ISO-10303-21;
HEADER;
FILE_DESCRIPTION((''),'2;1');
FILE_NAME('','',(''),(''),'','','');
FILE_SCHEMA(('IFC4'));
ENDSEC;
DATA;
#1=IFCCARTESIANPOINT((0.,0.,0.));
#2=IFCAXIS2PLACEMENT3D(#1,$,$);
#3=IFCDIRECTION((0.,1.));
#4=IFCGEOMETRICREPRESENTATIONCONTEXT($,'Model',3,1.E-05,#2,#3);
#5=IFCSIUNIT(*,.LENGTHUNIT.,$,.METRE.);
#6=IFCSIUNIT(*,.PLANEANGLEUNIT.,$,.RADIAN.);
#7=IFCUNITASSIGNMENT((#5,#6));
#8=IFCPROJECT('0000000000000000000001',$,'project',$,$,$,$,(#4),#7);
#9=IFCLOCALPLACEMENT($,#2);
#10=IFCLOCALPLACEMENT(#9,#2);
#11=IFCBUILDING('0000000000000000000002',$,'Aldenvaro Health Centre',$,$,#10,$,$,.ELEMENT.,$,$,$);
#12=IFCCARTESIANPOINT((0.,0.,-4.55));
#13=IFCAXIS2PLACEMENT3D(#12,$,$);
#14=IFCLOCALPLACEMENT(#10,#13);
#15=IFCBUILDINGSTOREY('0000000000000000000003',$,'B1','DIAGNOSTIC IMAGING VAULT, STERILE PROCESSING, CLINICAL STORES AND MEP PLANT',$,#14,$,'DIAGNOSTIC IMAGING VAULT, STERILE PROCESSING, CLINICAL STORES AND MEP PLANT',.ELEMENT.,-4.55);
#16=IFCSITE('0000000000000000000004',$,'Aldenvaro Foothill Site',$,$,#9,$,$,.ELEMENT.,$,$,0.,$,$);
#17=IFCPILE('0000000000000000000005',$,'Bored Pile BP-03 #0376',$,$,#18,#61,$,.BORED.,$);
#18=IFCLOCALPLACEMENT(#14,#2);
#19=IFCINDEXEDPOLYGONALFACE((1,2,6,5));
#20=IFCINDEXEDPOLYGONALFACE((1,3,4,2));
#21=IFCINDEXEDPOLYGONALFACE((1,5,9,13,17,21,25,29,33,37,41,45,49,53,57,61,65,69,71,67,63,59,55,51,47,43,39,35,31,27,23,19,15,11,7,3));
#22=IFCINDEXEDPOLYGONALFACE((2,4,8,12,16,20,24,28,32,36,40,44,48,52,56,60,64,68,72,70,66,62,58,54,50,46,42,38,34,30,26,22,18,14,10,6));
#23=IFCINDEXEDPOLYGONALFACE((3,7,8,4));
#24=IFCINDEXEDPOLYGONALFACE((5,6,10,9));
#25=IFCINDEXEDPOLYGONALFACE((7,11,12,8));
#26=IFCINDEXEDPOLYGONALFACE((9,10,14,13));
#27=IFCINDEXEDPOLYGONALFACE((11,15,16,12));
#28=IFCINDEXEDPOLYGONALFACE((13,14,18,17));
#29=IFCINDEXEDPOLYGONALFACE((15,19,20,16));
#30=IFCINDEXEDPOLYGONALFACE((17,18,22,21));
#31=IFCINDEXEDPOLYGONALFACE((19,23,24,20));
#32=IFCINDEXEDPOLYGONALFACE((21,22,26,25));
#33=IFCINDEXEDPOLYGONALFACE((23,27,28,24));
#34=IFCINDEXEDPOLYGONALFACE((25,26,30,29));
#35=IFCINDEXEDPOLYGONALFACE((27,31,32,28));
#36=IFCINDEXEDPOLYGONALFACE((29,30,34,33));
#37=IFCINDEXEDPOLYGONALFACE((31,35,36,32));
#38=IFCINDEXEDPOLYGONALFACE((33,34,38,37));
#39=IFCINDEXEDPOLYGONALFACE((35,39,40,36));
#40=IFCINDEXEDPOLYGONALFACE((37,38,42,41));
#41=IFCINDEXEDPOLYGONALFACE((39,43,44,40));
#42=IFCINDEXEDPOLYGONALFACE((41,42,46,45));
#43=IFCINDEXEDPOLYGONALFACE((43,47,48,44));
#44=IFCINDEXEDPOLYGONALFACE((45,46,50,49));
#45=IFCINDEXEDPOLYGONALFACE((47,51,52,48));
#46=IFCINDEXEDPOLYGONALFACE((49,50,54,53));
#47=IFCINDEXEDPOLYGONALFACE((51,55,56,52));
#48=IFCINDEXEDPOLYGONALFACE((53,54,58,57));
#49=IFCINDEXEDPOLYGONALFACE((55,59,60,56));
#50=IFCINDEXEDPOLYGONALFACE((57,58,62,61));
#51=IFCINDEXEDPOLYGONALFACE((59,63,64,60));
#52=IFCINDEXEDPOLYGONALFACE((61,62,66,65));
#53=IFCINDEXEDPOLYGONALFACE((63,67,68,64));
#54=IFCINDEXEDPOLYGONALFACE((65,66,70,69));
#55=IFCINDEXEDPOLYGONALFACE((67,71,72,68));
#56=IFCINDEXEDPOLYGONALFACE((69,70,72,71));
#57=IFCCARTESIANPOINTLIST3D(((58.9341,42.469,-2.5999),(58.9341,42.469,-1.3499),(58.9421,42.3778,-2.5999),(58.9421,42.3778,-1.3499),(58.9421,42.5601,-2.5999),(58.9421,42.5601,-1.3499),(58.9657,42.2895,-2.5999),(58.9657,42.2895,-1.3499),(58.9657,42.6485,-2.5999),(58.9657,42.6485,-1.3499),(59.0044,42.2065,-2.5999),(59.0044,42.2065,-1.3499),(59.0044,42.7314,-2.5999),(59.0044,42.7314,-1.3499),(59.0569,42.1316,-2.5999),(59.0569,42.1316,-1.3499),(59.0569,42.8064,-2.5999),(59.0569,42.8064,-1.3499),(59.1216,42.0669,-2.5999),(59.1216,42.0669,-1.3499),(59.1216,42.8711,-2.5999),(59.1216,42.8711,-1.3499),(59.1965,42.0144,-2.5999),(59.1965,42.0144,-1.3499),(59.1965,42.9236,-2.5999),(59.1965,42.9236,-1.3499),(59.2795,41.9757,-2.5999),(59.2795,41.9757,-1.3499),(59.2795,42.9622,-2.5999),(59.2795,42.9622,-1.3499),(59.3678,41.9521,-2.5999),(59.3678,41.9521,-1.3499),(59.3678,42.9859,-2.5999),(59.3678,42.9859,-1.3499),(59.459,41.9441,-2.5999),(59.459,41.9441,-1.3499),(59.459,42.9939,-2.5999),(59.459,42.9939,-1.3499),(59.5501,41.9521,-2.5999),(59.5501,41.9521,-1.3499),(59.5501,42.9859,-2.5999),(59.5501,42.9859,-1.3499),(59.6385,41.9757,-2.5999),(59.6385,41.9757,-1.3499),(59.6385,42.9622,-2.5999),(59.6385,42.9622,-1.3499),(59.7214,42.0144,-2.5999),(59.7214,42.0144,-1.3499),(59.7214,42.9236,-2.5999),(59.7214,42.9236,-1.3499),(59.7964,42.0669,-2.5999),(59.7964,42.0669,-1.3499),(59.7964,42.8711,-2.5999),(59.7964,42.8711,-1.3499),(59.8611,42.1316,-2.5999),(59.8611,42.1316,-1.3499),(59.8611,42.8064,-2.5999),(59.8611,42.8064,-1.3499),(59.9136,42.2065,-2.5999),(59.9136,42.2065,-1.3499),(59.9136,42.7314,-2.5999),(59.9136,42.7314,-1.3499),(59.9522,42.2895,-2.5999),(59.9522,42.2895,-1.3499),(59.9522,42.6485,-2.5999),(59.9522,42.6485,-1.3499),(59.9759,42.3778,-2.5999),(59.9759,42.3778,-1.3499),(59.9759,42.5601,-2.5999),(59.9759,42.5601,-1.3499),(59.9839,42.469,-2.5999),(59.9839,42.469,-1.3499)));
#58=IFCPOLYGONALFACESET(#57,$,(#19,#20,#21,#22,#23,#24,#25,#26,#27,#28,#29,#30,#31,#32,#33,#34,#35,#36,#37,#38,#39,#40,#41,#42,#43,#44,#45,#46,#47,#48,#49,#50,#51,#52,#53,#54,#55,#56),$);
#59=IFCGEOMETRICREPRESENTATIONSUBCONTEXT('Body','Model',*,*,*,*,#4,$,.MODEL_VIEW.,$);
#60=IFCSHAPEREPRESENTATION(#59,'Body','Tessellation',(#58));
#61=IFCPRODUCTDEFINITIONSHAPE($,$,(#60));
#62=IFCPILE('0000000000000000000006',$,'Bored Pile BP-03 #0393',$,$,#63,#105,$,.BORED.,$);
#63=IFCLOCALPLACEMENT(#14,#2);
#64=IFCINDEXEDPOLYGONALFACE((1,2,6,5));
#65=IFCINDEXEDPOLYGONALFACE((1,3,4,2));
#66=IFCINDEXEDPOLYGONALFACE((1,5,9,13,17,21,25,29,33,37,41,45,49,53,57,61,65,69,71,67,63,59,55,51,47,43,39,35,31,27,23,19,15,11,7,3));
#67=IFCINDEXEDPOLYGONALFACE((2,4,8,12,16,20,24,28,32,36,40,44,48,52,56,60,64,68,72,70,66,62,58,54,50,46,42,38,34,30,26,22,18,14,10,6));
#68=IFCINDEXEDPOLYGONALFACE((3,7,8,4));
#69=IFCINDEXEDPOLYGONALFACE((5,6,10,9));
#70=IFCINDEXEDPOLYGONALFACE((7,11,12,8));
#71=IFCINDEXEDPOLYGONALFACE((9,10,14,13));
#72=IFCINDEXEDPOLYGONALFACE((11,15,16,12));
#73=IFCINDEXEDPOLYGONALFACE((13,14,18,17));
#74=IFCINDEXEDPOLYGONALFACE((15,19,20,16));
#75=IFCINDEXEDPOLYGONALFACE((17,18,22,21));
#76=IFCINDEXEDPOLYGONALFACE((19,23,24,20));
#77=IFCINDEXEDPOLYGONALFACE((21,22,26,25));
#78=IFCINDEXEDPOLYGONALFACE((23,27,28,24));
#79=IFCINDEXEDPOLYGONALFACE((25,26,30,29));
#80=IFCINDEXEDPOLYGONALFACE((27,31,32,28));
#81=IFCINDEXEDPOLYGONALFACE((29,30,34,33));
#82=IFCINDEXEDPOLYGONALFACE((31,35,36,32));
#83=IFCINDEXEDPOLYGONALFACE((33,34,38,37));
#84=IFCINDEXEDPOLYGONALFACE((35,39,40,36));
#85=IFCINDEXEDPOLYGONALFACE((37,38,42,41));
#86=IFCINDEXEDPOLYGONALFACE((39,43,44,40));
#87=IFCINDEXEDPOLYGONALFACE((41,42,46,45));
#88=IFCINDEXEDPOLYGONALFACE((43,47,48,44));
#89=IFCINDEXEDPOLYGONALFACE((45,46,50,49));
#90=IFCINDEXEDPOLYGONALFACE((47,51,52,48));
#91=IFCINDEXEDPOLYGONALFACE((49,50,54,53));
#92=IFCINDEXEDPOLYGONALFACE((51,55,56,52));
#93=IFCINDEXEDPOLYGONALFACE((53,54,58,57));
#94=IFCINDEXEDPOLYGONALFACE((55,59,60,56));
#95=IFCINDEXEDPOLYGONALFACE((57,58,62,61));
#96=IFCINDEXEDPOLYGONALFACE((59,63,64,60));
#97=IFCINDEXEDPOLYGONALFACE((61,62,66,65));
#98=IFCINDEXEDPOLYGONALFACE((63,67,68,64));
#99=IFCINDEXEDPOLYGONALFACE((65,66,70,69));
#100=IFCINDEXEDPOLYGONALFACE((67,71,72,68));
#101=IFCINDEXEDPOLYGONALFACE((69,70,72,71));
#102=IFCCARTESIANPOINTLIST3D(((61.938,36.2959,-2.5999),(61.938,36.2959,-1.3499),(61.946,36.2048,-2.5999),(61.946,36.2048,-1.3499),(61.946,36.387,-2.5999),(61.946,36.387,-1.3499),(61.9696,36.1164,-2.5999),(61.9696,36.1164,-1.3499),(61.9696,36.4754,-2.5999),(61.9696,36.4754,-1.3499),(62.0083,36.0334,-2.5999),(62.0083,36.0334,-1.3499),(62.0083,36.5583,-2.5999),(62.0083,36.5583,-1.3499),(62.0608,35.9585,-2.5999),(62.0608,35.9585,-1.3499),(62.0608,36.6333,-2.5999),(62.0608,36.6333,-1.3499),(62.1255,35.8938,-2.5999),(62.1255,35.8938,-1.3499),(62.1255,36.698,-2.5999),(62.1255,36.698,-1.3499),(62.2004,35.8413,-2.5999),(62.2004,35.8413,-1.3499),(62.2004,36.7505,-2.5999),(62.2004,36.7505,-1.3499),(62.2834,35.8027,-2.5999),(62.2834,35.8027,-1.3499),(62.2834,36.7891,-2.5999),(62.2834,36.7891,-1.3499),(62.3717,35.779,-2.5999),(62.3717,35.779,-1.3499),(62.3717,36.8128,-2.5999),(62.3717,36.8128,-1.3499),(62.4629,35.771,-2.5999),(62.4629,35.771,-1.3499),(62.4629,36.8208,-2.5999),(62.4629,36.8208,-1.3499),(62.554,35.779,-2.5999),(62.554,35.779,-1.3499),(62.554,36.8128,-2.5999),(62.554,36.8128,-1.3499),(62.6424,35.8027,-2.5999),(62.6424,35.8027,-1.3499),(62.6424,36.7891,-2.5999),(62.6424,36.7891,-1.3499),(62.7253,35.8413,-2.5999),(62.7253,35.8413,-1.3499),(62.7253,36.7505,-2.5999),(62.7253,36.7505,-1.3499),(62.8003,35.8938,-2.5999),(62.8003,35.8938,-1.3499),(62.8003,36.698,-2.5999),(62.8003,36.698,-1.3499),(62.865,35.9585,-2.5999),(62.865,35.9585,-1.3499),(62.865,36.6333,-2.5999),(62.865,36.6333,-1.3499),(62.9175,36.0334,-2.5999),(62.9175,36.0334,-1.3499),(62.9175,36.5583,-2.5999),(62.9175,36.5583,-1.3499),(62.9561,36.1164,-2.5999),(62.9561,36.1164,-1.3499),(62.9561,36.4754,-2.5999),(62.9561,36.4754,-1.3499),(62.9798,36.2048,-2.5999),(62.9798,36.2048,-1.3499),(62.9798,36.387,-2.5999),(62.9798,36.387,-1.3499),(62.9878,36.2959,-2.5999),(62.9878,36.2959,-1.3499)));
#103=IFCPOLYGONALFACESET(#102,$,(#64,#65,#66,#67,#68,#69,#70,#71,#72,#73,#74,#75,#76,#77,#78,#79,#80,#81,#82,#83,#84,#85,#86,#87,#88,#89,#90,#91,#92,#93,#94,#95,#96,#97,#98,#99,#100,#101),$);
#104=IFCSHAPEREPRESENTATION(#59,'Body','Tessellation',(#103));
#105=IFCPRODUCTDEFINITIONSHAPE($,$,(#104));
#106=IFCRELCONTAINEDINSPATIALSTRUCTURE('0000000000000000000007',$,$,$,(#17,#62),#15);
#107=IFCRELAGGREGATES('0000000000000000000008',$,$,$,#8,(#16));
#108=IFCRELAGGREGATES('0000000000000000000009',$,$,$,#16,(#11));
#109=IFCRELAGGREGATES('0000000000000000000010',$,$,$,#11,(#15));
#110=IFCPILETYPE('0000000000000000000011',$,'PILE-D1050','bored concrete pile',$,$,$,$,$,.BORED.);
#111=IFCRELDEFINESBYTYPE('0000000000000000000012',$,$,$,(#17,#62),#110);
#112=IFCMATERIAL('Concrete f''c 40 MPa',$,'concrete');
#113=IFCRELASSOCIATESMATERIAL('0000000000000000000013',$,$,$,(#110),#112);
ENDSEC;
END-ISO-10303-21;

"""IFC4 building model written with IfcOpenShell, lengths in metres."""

from ifc_helpers import new_model, si_unit, direction, frame, origin, origin_2d, place, context, subcontext, project, spatial, circle, extrude, material, material_profile, profile_set, type_object, element, save


model = new_model("IFC4")

# Units and contexts
model_context = context("Model", 3, precision=1e-05, world=origin(), true_north=direction((0.0, 1.0)))
body_context = subcontext(model_context, "Body", "Model", "MODEL_VIEW")
ifc_project = project(units=[si_unit("LENGTHUNIT", "METRE"), si_unit("PLANEANGLEUNIT", "RADIAN")], contexts=[model_context])

# Site, building, storey
site_placement = place(None, origin())
site = spatial("IfcSite", under=ifc_project, at=site_placement, Name="Aldenvaro Foothill Site", CompositionType="ELEMENT", RefElevation=0.0)
building_placement = place(site_placement, origin())
building = spatial("IfcBuilding", under=site, at=building_placement, Name="Aldenvaro Health Centre", CompositionType="ELEMENT")
storey_placement = place(building_placement, frame((0.0, 0.0, -4.55)))
storey = spatial("IfcBuildingStorey", under=building, at=storey_placement, Name="B1", Description="DIAGNOSTIC IMAGING VAULT, STERILE PROCESSING, CLINICAL STORES AND MEP PLANT", LongName="DIAGNOSTIC IMAGING VAULT, STERILE PROCESSING, CLINICAL STORES AND MEP PLANT", CompositionType="ELEMENT", Elevation=-4.55)

# Piles
ifc_material = material(Name="Concrete f'c 40 MPa", Category="concrete")
ifc_material_profile = material_profile(ifc_material, circle(Radius=0.5249, at=origin_2d()), Name="PILE D1050", Category="concrete")
ifc_profile_set = profile_set([ifc_material_profile], Name="Concrete f'c 40 MPa")
pile_type = type_object("IfcPileType", Name="PILE-D1050", Description="bored concrete pile", PredefinedType="BORED", material=ifc_profile_set)
for number, where, z_axis, x_axis, name in (
    (1, (59.459, 42.469, -1.3499), (0.0, 0.0, -1.0), (1.0, 0.0, 0.0), "Bored Pile BP-03 #0376"),
    (2, (62.4629, 36.2959, -1.3499), (0.0, 0.0, -1.0), (1.0, 0.0, 0.0), "Bored Pile BP-03 #0393"),
):
    element("IfcPile", number, at=place(storey_placement, frame(where, z_axis=z_axis, x_axis=x_axis)), inside=storey, type_object=pile_type, Name=name, PredefinedType="BORED", context=body_context, shape_type="SweptSolid", body=[
        extrude(circle(Radius=0.5249, at=origin_2d()), origin(), (0.0, 0.0, 1.0), 1.25),
    ])

save(model, "model.ifc")
